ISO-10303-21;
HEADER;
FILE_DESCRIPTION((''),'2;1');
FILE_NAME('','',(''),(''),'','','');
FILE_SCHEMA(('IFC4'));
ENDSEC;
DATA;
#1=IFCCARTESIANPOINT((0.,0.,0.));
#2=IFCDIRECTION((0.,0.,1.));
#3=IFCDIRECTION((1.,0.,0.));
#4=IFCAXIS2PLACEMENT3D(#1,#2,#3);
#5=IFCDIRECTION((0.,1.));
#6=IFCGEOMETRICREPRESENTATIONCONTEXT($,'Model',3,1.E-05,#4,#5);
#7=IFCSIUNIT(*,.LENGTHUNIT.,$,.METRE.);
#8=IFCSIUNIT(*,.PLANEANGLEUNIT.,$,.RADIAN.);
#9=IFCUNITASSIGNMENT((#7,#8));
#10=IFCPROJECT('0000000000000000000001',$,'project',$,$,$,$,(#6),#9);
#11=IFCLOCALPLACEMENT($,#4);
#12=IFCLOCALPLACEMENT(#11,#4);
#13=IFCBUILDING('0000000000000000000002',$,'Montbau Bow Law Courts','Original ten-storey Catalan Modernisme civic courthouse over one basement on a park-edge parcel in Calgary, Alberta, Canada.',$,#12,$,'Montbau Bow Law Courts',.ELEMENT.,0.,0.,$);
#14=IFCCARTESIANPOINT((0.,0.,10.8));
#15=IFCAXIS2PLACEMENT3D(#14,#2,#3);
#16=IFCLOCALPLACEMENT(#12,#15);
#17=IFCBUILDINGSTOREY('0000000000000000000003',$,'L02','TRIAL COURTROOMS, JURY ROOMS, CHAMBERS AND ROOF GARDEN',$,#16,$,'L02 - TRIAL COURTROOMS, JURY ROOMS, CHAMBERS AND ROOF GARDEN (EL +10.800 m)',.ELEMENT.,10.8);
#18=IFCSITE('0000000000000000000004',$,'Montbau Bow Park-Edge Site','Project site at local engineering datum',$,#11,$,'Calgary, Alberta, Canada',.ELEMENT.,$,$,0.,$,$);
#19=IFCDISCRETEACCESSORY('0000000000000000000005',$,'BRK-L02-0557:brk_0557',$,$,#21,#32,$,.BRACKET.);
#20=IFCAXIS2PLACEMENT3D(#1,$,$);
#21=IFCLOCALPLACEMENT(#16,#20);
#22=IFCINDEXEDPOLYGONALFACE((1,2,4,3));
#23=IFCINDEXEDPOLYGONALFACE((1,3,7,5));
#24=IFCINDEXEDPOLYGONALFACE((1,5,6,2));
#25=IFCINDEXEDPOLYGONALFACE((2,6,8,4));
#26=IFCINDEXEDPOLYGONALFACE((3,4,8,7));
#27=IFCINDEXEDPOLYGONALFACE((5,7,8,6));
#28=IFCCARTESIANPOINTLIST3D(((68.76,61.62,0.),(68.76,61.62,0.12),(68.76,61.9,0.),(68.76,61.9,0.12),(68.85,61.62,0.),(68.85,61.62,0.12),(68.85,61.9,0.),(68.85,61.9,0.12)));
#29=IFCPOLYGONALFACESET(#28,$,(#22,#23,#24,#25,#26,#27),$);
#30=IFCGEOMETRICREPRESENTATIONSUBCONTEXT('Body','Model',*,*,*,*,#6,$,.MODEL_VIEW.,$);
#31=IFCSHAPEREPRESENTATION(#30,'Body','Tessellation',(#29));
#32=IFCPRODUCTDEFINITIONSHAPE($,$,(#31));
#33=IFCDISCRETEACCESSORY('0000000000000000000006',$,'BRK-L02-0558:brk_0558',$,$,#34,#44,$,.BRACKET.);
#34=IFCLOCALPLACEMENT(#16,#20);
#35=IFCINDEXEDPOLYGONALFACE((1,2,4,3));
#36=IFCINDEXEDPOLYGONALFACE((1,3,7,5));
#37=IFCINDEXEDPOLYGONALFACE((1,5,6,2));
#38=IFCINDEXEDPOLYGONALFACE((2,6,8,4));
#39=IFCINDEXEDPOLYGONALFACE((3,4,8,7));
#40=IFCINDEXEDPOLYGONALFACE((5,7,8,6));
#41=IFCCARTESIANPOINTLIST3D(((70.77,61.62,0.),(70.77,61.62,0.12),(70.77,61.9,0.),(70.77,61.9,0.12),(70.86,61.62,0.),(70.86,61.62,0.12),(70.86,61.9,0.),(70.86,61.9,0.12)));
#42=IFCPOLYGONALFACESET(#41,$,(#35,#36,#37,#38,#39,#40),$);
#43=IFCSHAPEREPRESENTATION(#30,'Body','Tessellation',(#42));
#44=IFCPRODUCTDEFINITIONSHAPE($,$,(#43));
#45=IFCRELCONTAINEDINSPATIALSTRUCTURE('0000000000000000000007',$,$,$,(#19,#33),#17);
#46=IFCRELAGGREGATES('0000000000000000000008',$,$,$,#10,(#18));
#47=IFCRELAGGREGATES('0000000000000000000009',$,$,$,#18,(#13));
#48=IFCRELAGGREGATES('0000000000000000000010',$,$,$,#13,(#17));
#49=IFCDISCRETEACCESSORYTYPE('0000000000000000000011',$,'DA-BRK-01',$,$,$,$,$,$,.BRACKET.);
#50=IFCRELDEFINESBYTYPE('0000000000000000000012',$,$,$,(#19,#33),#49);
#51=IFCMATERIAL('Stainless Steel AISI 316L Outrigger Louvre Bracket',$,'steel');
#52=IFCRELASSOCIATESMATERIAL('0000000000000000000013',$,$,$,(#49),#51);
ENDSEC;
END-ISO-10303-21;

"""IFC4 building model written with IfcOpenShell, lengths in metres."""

from ifc_helpers import new_model, si_unit, direction, frame, origin_with_axes, origin_2d_with_axis, place, context, subcontext, project, spatial, rectangle, extrude, material, type_object, element, save


model = new_model("IFC4")

# Units and contexts
model_context = context("Model", 3, precision=1e-05, world=origin_with_axes(), true_north=direction((0.0, 1.0)))
body_context = subcontext(model_context, "Body", "Model", "MODEL_VIEW")
ifc_project = project(units=[si_unit("LENGTHUNIT", "METRE"), si_unit("PLANEANGLEUNIT", "RADIAN")], contexts=[model_context])

# Site, building, storey
site_placement = place(None, origin_with_axes())
site = spatial("IfcSite", under=ifc_project, at=site_placement, Name="Montbau Bow Park-Edge Site", Description="Project site at local engineering datum", LongName="Calgary, Alberta, Canada", CompositionType="ELEMENT", RefElevation=0.0)
building_placement = place(site_placement, origin_with_axes())
building = spatial("IfcBuilding", under=site, at=building_placement, Name="Montbau Bow Law Courts", Description="Original ten-storey Catalan Modernisme civic courthouse over one basement on a park-edge parcel in Calgary, Alberta, Canada.", LongName="Montbau Bow Law Courts", CompositionType="ELEMENT", ElevationOfRefHeight=0.0, ElevationOfTerrain=0.0)
storey_placement = place(building_placement, frame((0.0, 0.0, 10.8), z_axis=(0.0, 0.0, 1.0), x_axis=(1.0, 0.0, 0.0)))
storey = spatial("IfcBuildingStorey", under=building, at=storey_placement, Name="L02", Description="TRIAL COURTROOMS, JURY ROOMS, CHAMBERS AND ROOF GARDEN", LongName="L02 - TRIAL COURTROOMS, JURY ROOMS, CHAMBERS AND ROOF GARDEN (EL +10.800 m)", CompositionType="ELEMENT", Elevation=10.8)

# Discrete accessories
ifc_material_1 = material(Name="Stainless Steel AISI 316L Outrigger Louvre Bracket", Category="steel")
discrete_accessory_type = type_object("IfcDiscreteAccessoryType", Name="DA-BRK-01", PredefinedType="BRACKET", material=ifc_material_1)
for number, where, z_axis, x_axis, name in (
    (1, (68.805, 61.76, 10.8), (0.0, 0.0, 1.0), (0.0, 1.0, 0.0), "BRK-L02-0557:brk_0557"),
    (2, (70.815, 61.76, 10.8), (0.0, 0.0, 1.0), (0.0, 1.0, 0.0), "BRK-L02-0558:brk_0558"),
):
    element("IfcDiscreteAccessory", number, at=place(None, frame(where, z_axis=z_axis, x_axis=x_axis)), inside=storey, type_object=discrete_accessory_type, Name=name, PredefinedType="BRACKET", context=body_context, shape_type="SweptSolid", body=[
        extrude(rectangle(XDim=0.28, YDim=0.09, at=origin_2d_with_axis()), origin_with_axes(), (0.0, 0.0, 1.0), 0.12),
    ])

save(model, "model.ifc")
